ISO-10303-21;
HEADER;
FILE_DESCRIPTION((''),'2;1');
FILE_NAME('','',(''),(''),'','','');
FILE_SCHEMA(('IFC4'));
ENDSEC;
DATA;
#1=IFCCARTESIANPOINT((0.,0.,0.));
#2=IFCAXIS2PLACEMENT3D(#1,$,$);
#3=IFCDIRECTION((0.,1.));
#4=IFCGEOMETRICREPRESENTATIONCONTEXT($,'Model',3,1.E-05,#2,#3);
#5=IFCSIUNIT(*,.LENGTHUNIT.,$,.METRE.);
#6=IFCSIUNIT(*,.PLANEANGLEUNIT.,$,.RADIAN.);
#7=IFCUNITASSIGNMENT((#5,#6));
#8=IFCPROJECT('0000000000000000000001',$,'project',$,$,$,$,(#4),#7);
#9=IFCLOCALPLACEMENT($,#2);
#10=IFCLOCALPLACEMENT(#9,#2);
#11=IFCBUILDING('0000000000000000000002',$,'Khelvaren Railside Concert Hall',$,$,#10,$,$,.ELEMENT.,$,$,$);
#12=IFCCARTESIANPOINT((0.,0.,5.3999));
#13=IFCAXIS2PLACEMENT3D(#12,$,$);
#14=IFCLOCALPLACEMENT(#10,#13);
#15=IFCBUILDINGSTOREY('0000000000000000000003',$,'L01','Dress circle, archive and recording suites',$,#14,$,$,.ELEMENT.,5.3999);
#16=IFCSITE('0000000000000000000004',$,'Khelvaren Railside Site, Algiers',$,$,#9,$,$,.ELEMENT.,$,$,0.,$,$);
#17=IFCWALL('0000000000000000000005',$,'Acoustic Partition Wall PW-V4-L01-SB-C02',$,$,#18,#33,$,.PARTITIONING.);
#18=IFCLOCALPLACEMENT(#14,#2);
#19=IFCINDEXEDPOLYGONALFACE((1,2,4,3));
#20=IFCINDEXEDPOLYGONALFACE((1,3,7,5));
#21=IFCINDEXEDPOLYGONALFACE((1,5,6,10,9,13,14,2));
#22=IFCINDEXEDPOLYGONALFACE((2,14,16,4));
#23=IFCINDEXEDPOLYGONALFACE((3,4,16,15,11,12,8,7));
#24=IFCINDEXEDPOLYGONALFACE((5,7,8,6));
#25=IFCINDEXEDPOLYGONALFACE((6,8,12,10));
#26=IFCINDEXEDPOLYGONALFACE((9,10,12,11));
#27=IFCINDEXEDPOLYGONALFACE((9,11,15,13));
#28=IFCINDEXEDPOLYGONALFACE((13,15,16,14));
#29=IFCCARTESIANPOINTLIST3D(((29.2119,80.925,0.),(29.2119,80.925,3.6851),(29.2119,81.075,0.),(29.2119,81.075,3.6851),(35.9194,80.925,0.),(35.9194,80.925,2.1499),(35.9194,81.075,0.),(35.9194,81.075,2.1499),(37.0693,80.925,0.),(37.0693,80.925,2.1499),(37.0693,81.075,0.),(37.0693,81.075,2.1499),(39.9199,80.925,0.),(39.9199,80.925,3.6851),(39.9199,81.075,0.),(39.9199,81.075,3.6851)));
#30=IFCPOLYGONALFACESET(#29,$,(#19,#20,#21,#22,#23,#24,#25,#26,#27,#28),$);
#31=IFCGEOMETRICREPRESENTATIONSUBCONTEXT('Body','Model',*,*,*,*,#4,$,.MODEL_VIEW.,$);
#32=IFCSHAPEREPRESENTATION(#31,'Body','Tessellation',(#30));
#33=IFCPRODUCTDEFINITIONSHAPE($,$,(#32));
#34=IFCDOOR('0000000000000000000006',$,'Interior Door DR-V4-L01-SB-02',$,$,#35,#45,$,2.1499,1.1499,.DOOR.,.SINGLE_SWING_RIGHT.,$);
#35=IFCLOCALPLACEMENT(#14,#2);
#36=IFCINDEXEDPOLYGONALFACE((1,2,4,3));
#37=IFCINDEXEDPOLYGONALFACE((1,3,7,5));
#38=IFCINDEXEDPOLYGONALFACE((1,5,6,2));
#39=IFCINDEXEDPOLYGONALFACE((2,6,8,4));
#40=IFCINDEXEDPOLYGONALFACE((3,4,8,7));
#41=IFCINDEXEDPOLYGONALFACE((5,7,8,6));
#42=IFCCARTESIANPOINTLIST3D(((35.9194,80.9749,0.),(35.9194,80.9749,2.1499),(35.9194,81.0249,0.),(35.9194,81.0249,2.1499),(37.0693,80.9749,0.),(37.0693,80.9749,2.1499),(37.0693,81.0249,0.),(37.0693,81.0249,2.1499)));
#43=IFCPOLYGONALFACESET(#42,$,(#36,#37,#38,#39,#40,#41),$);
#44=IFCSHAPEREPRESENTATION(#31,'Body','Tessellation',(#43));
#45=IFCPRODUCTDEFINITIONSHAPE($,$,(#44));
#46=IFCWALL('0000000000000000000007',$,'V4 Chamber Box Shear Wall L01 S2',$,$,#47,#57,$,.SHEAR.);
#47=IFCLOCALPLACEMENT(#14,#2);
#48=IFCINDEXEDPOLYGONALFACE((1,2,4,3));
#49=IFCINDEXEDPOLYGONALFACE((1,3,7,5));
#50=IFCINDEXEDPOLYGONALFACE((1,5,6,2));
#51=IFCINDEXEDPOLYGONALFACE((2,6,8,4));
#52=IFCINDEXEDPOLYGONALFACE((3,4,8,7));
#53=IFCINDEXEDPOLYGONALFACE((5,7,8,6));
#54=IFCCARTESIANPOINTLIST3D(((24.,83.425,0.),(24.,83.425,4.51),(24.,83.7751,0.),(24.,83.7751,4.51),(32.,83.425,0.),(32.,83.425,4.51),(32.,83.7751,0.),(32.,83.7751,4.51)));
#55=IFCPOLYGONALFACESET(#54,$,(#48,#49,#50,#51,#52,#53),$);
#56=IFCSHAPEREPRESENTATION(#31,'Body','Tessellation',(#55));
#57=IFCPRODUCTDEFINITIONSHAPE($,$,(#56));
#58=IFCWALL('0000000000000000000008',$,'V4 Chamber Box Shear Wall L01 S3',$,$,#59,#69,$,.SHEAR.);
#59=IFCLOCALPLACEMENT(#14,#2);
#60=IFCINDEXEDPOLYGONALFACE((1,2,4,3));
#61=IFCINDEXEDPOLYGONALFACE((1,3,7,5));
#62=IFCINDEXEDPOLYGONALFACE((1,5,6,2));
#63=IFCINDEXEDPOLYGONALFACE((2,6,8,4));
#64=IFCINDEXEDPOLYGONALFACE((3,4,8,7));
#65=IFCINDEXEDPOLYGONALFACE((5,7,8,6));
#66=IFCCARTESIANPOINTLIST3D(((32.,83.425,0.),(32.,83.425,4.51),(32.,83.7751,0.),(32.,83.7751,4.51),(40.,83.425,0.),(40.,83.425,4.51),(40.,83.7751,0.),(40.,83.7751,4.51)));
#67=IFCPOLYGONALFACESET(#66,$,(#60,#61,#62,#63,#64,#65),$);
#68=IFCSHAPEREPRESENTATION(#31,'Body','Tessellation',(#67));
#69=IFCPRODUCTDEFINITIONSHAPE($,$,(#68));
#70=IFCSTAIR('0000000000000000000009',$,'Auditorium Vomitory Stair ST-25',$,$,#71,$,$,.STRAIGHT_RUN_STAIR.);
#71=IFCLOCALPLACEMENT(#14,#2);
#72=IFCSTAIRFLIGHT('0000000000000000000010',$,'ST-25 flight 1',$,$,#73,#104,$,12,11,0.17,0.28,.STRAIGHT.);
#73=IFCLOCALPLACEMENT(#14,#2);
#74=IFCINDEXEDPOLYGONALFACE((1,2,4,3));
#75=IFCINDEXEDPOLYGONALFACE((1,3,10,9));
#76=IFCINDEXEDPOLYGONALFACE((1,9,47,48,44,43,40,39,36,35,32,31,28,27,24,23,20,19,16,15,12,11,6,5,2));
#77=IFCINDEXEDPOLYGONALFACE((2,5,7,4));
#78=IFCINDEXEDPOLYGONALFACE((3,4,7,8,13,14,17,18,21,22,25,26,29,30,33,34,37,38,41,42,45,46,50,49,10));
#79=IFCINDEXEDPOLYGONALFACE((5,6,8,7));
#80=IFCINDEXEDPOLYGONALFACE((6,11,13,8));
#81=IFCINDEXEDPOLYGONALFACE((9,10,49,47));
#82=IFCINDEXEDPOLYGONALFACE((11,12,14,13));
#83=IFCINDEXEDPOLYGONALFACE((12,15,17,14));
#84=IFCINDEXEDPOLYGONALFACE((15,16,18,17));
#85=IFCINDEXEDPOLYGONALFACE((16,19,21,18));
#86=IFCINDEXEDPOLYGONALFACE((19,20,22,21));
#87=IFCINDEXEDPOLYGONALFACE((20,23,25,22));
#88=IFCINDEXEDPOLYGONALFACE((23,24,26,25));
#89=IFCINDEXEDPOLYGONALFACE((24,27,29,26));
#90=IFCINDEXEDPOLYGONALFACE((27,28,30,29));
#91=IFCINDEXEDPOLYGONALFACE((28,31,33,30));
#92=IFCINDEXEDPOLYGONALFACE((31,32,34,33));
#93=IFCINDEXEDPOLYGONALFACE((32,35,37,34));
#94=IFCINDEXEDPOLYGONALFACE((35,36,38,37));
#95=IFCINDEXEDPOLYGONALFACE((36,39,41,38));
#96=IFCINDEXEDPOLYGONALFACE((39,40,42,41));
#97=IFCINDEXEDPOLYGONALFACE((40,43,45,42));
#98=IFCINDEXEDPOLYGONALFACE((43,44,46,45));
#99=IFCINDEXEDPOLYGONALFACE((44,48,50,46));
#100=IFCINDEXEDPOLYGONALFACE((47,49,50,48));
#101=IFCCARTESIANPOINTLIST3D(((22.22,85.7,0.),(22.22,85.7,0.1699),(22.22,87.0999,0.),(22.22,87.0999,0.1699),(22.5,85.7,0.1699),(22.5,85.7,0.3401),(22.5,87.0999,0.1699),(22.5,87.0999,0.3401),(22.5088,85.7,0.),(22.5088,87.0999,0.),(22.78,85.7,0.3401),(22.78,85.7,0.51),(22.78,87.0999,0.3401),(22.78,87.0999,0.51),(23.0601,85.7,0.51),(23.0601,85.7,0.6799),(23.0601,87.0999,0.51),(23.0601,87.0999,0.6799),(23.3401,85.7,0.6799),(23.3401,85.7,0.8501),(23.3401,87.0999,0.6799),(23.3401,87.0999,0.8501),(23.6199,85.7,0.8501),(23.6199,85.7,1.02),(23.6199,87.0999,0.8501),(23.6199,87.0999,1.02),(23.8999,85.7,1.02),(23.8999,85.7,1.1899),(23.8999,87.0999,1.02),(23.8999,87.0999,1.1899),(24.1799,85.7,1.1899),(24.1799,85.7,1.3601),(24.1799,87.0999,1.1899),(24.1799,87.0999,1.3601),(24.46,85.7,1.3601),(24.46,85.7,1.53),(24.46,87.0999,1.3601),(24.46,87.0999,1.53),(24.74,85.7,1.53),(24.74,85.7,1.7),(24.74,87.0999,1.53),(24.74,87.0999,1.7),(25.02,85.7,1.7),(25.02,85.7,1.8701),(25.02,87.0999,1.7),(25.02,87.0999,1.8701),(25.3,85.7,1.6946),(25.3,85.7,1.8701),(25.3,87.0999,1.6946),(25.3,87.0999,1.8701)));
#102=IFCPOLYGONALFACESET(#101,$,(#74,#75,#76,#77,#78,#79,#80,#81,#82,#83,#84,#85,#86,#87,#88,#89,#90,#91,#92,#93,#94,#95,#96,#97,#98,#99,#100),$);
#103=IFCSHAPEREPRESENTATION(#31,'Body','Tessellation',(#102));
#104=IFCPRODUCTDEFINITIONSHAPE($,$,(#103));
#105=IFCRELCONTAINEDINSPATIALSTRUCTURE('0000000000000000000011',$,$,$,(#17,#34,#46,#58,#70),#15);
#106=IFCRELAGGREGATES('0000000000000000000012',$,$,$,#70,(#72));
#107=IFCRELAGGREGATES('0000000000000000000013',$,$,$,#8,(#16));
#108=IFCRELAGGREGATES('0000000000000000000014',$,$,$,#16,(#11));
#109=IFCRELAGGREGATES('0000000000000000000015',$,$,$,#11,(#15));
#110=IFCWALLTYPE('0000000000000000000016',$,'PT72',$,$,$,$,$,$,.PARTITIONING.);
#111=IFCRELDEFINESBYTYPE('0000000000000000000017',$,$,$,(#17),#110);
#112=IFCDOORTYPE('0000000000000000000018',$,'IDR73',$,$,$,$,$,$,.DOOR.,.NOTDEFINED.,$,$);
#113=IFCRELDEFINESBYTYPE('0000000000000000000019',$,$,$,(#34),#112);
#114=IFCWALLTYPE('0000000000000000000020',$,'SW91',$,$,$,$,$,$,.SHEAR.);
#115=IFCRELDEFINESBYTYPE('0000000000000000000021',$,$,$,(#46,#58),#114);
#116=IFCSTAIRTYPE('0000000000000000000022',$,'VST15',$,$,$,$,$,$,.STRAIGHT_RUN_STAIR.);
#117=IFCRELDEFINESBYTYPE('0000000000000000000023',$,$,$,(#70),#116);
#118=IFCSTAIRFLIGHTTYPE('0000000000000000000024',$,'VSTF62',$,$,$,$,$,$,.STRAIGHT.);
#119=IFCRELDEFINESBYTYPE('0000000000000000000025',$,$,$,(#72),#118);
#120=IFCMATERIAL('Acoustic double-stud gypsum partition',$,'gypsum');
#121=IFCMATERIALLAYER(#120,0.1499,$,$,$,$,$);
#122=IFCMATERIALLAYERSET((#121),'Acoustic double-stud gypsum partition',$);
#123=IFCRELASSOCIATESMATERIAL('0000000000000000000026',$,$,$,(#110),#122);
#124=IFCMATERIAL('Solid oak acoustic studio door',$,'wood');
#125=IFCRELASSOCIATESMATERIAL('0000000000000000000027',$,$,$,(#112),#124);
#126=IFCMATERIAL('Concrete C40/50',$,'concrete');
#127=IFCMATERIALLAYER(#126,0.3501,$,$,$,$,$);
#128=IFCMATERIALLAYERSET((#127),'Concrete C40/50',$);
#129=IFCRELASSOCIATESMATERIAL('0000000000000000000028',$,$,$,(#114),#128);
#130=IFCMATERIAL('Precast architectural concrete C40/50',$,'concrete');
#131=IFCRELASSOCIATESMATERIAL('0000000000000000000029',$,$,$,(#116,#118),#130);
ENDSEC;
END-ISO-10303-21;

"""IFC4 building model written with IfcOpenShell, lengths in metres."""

from ifc_helpers import new_model, si_unit, direction, frame, frame_2d, origin, place, context, subcontext, project, spatial, polyline, rectangle, outline, extrude, material, layer, layer_set, type_object, element, fill, aggregate, save


model = new_model("IFC4")

# Units and contexts
model_context = context("Model", 3, precision=1e-05, world=origin(), true_north=direction((0.0, 1.0)))
body_context = subcontext(model_context, "Body", "Model", "MODEL_VIEW")
ifc_project = project(units=[si_unit("LENGTHUNIT", "METRE"), si_unit("PLANEANGLEUNIT", "RADIAN")], contexts=[model_context])

# Site, building, storey
site_placement = place(None, origin())
site = spatial("IfcSite", under=ifc_project, at=site_placement, Name="Khelvaren Railside Site, Algiers", CompositionType="ELEMENT", RefElevation=0.0)
building_placement = place(site_placement, origin())
building = spatial("IfcBuilding", under=site, at=building_placement, Name="Khelvaren Railside Concert Hall", CompositionType="ELEMENT")
storey_placement = place(building_placement, frame((0.0, 0.0, 5.3999)))
storey = spatial("IfcBuildingStorey", under=building, at=storey_placement, Name="L01", Description="Dress circle, archive and recording suites", CompositionType="ELEMENT", Elevation=5.3999)

# Shared definitions
ifc_material_1 = material(Name="Concrete C40/50", Category="concrete")

# Wall, opening, door
ifc_material_2 = material(Name="Acoustic double-stud gypsum partition", Category="gypsum")
ifc_layer_1 = layer(ifc_material_2, 0.1499)
ifc_layer_set_1 = layer_set([ifc_layer_1], Name="Acoustic double-stud gypsum partition")
wall_type_1 = type_object("IfcWallType", Name="PT72", PredefinedType="PARTITIONING", material=ifc_layer_set_1)
wall_placement = place(storey_placement, frame((29.2119, 81.0, 0.0), z_axis=(0.0, 0.0, 1.0), x_axis=(1.0, 0.0, 0.0)))
wall = element("IfcWall", 1, at=wall_placement, inside=storey, type_object=wall_type_1, Name="Acoustic Partition Wall PW-V4-L01-SB-C02", PredefinedType="PARTITIONING", context=body_context, shape_type="SweptSolid", body=[
    extrude(rectangle(XDim=10.708, YDim=0.1499, at=frame_2d((5.354, 0.0))), origin(), (0.0, 0.0, 1.0), 3.6851),
])
opening_placement = place(wall_placement, frame((6.7075, 0.0, 0.0)))
opening = element("IfcOpeningElement", 2, at=opening_placement, cuts=wall, PredefinedType="OPENING", context=body_context, shape_type="SweptSolid", body=[
    extrude(rectangle(XDim=1.1499, YDim=2.1499, at=frame_2d((0.575, 1.075))), frame((0.0, 0.085, 0.0), z_axis=(0.0, -1.0, 0.0), x_axis=(1.0, 0.0, 0.0)), (0.0, 0.0, 1.0), 0.1699),
])
ifc_material_3 = material(Name="Solid oak acoustic studio door", Category="wood")
door_type = type_object("IfcDoorType", Name="IDR73", OperationType="NOTDEFINED", PredefinedType="DOOR", material=ifc_material_3)
door_placement = place(opening_placement, origin())
door = element("IfcDoor", 3, at=door_placement, inside=storey, type_object=door_type, Name="Interior Door DR-V4-L01-SB-02", OperationType="SINGLE_SWING_RIGHT", OverallHeight=2.1499, OverallWidth=1.1499, PredefinedType="DOOR", context=body_context, shape_type="SweptSolid", body=[
    extrude(rectangle(XDim=1.1499, YDim=2.1499, at=frame_2d((0.575, 1.075))), frame((0.0, 0.0249, 0.0), z_axis=(0.0, -1.0, 0.0), x_axis=(1.0, 0.0, 0.0)), (0.0, 0.0, 1.0), 0.05),
])
fill(opening, door)

# Walls
ifc_layer_2 = layer(ifc_material_1, 0.3501)
ifc_layer_set_2 = layer_set([ifc_layer_2], Name="Concrete C40/50")
wall_type_2 = type_object("IfcWallType", Name="SW91", PredefinedType="SHEAR", material=ifc_layer_set_2)
for number, where, z_axis, x_axis, name in (
    (4, (24.0, 83.6001, 0.0), (0.0, 0.0, 1.0), (1.0, 0.0, 0.0), "V4 Chamber Box Shear Wall L01 S2"),
    (5, (32.0, 83.6001, 0.0), (0.0, 0.0, 1.0), (1.0, 0.0, 0.0), "V4 Chamber Box Shear Wall L01 S3"),
):
    element("IfcWall", number, at=place(storey_placement, frame(where, z_axis=z_axis, x_axis=x_axis)), inside=storey, type_object=wall_type_2, Name=name, PredefinedType="SHEAR", context=body_context, shape_type="SweptSolid", body=[
        extrude(rectangle(XDim=8.0, YDim=0.3501, at=frame_2d((4.0, 0.0))), origin(), (0.0, 0.0, 1.0), 4.51),
    ])

# Stair, stair flight
ifc_material_4 = material(Name="Precast architectural concrete C40/50", Category="concrete")
stair_type = type_object("IfcStairType", Name="VST15", PredefinedType="STRAIGHT_RUN_STAIR", material=ifc_material_4)
stair_placement = place(storey_placement, origin())
stair = element("IfcStair", 6, at=stair_placement, inside=storey, type_object=stair_type, Name="Auditorium Vomitory Stair ST-25", PredefinedType="STRAIGHT_RUN_STAIR")
stair_flight_type = type_object("IfcStairFlightType", Name="VSTF62", PredefinedType="STRAIGHT", material=ifc_material_4)
stair_flight_placement = place(storey_placement, frame((22.22, 86.3999, 0.0), z_axis=(0.0, 0.0, 1.0), x_axis=(1.0, 0.0, 0.0)))
stair_flight = element("IfcStairFlight", 7, at=stair_flight_placement, type_object=stair_flight_type, Name="ST-25 flight 1", NumberOfRisers=12, NumberOfTreads=11, PredefinedType="STRAIGHT", RiserHeight=0.17, TreadLength=0.28, context=body_context, shape_type="SweptSolid", body=[
    extrude(outline(polyline([(0.0, 0.0), (0.0, 0.1699), (0.28, 0.1699), (0.28, 0.3401), (0.5601, 0.3401), (0.5601, 0.51), (0.8401, 0.51), (0.8401, 0.6799), (1.1201, 0.6799), (1.1201, 0.8501), (1.3999, 0.8501), (1.3999, 1.02), (1.6799, 1.02), (1.6799, 1.1899), (1.96, 1.1899), (1.96, 1.3601), (2.24, 1.3601), (2.24, 1.53), (2.52, 1.53), (2.52, 1.7), (2.8, 1.7), (2.8, 1.8701), (3.0801, 1.8701), (3.0801, 2.04), (3.0801, 1.6946), (0.2888, 0.0), (0.0, 0.0)])), frame((0.0, 0.7, 0.0), z_axis=(0.0, -1.0, 0.0), x_axis=(1.0, 0.0, 0.0)), (0.0, 0.0, 1.0), 1.3999),
])
aggregate(stair, [stair_flight])

save(model, "model.ifc")
